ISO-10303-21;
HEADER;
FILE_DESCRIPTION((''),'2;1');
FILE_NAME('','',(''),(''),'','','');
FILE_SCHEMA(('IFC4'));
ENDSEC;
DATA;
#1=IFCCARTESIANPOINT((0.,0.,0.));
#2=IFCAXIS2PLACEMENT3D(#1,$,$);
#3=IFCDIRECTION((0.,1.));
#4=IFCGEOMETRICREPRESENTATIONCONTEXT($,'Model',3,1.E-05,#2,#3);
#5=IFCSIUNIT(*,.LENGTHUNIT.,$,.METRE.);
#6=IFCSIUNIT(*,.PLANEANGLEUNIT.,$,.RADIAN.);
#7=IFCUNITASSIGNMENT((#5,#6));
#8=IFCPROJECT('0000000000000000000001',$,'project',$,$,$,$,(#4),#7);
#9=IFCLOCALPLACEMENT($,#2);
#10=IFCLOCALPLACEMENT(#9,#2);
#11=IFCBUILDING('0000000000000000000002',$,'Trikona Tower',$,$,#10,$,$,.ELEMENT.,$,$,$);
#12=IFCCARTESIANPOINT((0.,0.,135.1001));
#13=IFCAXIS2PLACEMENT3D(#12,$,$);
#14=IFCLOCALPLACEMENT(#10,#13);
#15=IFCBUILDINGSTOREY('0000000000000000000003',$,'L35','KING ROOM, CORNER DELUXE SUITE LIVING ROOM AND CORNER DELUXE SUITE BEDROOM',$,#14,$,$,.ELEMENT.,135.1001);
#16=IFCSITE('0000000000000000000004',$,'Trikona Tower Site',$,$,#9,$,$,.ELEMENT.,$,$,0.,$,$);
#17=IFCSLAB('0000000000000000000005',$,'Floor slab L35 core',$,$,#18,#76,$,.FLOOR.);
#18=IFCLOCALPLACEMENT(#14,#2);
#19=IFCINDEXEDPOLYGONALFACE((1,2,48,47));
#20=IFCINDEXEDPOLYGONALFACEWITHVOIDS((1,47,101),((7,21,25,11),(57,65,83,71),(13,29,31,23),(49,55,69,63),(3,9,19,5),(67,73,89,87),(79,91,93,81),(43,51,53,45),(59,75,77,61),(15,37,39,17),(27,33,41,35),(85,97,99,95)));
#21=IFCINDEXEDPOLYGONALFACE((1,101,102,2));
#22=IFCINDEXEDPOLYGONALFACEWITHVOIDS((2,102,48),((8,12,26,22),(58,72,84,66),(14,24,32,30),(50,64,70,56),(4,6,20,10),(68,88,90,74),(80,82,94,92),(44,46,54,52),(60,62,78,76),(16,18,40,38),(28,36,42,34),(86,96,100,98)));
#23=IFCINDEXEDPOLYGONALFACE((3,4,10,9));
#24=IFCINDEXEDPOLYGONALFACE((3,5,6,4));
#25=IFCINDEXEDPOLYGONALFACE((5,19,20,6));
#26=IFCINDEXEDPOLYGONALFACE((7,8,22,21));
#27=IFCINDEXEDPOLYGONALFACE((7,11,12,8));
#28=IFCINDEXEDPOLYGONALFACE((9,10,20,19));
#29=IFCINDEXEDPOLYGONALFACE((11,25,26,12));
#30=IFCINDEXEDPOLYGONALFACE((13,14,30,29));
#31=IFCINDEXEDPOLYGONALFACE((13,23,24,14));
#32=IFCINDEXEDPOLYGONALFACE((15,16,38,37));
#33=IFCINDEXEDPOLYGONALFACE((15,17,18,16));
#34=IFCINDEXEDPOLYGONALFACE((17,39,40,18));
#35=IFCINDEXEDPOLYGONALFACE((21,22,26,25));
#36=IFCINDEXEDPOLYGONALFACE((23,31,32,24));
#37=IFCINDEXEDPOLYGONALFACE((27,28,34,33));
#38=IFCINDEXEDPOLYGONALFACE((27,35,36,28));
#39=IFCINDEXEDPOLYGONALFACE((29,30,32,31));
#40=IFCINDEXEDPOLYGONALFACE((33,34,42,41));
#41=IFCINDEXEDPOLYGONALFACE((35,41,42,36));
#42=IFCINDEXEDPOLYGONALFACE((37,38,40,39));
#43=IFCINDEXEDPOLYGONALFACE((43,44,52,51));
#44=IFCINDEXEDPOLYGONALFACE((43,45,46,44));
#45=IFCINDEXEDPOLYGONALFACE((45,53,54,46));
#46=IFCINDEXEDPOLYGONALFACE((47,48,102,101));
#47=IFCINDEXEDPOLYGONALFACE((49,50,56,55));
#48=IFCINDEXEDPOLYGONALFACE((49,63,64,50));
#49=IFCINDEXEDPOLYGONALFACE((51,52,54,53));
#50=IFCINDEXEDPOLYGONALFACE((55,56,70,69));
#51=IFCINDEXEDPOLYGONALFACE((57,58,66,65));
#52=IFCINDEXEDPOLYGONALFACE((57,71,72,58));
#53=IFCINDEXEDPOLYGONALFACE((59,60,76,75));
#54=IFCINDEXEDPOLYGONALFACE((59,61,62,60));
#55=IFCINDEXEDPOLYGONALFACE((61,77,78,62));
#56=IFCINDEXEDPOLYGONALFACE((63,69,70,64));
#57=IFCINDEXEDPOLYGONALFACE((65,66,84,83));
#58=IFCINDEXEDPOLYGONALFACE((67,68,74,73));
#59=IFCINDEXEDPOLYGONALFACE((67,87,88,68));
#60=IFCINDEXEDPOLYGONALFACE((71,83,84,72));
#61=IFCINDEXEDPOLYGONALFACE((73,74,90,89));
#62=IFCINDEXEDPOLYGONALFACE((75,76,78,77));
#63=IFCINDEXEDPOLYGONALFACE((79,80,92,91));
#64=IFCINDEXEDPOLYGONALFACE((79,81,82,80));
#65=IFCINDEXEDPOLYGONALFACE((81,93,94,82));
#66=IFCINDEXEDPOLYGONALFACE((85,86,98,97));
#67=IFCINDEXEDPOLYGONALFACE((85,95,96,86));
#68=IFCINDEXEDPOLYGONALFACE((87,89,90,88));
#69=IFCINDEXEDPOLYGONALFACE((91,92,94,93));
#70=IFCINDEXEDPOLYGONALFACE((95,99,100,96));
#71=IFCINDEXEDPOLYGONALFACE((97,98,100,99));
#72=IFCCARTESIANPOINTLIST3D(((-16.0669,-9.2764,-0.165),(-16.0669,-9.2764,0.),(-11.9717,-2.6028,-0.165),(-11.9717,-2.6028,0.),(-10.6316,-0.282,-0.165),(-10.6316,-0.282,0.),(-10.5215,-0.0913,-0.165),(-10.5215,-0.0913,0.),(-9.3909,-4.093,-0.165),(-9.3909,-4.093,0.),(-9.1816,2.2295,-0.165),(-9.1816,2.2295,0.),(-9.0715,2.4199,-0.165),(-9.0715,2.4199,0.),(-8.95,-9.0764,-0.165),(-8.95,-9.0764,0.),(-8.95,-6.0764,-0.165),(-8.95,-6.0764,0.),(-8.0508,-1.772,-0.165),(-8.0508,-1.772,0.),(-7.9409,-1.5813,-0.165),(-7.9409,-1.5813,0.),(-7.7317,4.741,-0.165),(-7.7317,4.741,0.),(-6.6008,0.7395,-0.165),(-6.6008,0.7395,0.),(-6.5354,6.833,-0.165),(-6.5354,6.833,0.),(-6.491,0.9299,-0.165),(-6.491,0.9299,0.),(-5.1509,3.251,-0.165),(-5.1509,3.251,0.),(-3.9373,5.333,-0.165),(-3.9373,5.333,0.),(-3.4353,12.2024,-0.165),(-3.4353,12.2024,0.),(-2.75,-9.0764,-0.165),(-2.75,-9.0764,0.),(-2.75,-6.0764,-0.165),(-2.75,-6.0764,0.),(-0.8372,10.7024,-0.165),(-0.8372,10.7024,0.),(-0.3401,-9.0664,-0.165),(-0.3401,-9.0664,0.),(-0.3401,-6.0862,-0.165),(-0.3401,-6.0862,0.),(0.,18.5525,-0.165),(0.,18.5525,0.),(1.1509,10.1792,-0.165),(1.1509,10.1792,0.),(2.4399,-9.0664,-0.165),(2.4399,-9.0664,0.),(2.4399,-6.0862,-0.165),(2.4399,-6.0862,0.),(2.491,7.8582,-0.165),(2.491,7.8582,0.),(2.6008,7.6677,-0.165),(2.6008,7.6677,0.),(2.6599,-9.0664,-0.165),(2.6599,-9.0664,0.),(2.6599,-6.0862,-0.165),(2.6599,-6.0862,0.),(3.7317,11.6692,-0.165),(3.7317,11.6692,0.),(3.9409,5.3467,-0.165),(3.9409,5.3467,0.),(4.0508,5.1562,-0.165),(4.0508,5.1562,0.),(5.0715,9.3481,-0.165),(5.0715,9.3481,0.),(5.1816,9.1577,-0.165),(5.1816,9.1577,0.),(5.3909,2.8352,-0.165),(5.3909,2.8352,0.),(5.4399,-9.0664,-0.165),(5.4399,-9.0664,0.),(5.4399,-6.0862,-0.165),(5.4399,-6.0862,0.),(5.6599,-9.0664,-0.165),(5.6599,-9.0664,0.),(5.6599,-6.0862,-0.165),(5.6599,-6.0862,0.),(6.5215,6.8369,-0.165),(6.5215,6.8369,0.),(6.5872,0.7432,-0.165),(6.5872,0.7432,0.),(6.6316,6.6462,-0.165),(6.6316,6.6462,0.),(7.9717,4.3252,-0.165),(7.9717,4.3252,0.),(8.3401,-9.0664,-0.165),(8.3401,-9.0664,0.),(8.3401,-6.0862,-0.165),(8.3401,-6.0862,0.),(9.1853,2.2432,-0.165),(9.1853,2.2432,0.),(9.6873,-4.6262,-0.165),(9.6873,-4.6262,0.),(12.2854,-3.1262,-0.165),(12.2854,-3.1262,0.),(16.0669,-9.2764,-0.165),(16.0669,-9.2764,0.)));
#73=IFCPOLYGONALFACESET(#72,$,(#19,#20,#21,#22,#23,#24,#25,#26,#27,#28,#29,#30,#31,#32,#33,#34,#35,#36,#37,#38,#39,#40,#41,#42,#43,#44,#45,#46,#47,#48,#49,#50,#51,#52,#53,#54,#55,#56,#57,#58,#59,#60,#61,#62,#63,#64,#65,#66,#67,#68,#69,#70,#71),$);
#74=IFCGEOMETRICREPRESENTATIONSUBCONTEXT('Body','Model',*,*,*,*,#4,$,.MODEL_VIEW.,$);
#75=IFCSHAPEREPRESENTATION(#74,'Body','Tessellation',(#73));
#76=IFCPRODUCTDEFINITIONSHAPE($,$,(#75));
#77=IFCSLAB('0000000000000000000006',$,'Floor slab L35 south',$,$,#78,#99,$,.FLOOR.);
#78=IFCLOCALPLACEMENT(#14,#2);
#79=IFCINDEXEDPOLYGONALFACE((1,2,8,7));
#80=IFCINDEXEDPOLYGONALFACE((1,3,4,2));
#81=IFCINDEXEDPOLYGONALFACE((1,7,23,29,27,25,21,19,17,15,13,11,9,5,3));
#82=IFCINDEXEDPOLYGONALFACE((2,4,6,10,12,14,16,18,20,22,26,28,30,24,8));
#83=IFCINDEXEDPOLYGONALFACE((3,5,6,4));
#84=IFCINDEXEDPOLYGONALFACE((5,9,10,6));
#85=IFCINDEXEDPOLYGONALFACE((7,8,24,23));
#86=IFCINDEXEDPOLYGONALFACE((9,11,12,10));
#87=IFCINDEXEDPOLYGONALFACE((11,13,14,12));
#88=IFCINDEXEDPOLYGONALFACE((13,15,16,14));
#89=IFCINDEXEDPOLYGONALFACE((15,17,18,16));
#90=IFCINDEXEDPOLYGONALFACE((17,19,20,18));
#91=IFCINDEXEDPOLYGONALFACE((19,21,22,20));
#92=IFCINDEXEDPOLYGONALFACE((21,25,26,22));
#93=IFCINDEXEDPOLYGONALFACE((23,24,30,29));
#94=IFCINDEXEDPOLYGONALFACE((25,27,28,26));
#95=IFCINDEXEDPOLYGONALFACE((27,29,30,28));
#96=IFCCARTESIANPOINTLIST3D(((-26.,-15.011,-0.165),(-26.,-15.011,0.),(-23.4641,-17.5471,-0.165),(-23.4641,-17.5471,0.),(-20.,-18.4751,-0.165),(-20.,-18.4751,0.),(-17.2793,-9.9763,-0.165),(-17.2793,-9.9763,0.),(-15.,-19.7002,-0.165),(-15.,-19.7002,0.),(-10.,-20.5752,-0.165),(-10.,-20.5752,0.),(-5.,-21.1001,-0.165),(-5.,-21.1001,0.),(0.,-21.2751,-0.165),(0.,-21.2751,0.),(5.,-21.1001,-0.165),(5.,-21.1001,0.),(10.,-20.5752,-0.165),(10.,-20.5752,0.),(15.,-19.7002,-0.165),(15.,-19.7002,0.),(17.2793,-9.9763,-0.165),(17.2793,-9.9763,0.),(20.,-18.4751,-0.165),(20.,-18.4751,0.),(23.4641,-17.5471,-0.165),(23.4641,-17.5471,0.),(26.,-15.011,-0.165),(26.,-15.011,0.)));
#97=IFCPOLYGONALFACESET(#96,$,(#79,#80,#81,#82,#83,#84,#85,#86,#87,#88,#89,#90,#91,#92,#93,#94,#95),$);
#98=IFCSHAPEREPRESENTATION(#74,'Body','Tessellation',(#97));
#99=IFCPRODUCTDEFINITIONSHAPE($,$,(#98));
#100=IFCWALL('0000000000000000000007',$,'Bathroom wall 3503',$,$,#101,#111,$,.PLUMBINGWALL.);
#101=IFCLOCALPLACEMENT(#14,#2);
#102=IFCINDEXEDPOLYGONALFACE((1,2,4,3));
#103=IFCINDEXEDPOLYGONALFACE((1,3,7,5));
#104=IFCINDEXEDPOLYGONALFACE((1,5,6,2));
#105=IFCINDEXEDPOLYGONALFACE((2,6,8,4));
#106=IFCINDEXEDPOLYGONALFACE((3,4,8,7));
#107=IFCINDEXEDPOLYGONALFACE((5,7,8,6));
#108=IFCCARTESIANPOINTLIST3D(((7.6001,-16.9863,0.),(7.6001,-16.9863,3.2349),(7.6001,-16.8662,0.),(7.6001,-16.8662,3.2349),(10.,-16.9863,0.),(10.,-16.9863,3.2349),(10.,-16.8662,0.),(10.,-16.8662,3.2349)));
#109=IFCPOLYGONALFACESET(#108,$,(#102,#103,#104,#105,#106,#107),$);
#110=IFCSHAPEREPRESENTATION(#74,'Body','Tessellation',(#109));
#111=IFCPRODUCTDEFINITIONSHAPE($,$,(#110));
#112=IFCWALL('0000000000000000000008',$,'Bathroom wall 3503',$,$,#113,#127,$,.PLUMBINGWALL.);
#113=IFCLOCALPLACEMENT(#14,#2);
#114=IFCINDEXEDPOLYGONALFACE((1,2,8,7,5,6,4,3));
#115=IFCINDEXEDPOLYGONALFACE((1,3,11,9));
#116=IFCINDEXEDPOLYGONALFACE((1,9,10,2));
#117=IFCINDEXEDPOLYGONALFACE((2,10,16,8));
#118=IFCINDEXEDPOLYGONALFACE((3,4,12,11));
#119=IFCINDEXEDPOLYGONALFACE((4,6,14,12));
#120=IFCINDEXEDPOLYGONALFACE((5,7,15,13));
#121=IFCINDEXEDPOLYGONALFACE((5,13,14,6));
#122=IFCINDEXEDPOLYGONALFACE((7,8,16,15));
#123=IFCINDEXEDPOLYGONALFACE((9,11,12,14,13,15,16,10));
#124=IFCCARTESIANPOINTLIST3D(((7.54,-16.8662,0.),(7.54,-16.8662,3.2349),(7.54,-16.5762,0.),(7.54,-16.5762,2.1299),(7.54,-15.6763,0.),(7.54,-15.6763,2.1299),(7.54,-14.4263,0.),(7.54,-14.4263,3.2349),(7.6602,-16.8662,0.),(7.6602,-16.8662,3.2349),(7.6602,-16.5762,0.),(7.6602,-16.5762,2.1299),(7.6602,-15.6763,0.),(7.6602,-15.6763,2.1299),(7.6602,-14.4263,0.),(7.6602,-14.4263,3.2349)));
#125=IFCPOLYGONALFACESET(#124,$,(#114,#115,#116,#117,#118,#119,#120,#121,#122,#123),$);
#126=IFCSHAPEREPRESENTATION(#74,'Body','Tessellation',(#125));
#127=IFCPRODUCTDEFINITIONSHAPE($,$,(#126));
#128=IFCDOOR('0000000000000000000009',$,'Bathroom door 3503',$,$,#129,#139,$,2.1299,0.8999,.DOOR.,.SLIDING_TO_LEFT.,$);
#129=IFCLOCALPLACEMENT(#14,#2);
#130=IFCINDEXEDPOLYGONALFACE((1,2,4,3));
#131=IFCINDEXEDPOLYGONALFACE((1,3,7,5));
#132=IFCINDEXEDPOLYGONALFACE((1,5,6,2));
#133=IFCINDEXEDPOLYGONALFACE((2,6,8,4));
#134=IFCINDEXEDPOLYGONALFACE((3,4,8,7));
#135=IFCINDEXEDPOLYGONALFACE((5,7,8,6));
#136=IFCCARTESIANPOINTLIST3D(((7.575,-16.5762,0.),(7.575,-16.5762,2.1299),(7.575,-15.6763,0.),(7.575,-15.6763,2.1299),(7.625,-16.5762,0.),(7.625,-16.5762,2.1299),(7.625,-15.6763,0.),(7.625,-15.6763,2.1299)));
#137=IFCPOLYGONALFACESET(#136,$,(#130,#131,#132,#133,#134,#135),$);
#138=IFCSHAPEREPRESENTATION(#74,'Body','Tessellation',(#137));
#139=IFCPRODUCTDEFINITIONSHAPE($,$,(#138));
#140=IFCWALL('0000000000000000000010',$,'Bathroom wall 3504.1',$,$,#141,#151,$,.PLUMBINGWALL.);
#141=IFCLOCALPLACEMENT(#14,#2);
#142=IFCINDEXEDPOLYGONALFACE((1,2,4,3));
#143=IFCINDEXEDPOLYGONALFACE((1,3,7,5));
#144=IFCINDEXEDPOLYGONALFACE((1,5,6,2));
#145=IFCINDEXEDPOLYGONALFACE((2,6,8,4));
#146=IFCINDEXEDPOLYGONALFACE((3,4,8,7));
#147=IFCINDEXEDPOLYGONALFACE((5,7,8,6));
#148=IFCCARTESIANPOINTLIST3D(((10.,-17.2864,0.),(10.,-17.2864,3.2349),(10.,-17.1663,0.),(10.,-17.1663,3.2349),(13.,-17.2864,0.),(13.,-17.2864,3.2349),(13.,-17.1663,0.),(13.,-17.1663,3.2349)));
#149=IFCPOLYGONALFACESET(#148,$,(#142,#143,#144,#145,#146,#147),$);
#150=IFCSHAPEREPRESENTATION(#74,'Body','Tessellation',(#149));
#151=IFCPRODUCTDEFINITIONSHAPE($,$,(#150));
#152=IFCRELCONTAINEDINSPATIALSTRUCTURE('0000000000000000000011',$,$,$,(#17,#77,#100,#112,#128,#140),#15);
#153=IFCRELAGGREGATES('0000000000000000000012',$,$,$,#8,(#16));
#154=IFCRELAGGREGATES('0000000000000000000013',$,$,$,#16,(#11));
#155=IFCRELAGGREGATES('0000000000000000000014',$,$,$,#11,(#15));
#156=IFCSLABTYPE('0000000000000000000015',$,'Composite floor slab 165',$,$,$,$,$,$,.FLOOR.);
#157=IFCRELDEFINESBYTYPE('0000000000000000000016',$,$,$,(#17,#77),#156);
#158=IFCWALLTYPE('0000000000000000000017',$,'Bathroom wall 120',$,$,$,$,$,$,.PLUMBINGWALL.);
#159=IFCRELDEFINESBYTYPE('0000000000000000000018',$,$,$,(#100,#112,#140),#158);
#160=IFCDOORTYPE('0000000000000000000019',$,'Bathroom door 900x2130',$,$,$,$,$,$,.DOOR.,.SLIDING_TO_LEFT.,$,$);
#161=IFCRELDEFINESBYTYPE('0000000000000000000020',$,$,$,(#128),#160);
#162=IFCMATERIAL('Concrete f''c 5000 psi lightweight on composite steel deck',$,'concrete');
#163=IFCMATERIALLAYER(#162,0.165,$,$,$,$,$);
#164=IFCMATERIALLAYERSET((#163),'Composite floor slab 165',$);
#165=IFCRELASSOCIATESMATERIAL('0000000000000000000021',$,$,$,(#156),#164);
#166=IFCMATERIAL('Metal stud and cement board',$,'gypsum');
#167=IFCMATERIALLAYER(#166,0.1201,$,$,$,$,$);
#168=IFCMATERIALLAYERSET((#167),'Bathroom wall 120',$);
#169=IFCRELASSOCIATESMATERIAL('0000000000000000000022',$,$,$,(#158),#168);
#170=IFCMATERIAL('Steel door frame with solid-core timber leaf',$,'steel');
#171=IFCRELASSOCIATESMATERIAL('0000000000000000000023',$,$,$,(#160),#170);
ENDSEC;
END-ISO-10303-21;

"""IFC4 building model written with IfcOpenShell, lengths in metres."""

from ifc_helpers import new_model, si_unit, direction, frame, frame_2d, origin, place, context, subcontext, project, spatial, polyline, rectangle, outline, extrude, material, layer, layer_set, type_object, element, fill, save


model = new_model("IFC4")

# Units and contexts
model_context = context("Model", 3, precision=1e-05, world=origin(), true_north=direction((0.0, 1.0)))
body_context = subcontext(model_context, "Body", "Model", "MODEL_VIEW")
ifc_project = project(units=[si_unit("LENGTHUNIT", "METRE"), si_unit("PLANEANGLEUNIT", "RADIAN")], contexts=[model_context])

# Site, building, storey
site_placement = place(None, origin())
site = spatial("IfcSite", under=ifc_project, at=site_placement, Name="Trikona Tower Site", CompositionType="ELEMENT", RefElevation=0.0)
building_placement = place(site_placement, origin())
building = spatial("IfcBuilding", under=site, at=building_placement, Name="Trikona Tower", CompositionType="ELEMENT")
storey_placement = place(building_placement, frame((0.0, 0.0, 135.1001)))
storey = spatial("IfcBuildingStorey", under=building, at=storey_placement, Name="L35", Description="KING ROOM, CORNER DELUXE SUITE LIVING ROOM AND CORNER DELUXE SUITE BEDROOM", CompositionType="ELEMENT", Elevation=135.1001)

# Slabs
ifc_material_1 = material(Name="Concrete f'c 5000 psi lightweight on composite steel deck", Category="concrete")
ifc_layer_1 = layer(ifc_material_1, 0.165)
ifc_layer_set_1 = layer_set([ifc_layer_1], Name="Composite floor slab 165")
slab_type = type_object("IfcSlabType", Name="Composite floor slab 165", PredefinedType="FLOOR", material=ifc_layer_set_1)
slab_1_placement = place(storey_placement, frame((0.0, 0.0, -0.165)))
element("IfcSlab", 1, at=slab_1_placement, inside=storey, type_object=slab_type, Name="Floor slab L35 core", PredefinedType="FLOOR", context=body_context, shape_type="SweptSolid", body=[
    extrude(outline(polyline([(-16.0669, -9.2764), (16.0669, -9.2764), (0.0, 18.5525), (-16.0669, -9.2764)]), holes=[polyline([(12.2854, -3.1262), (9.1853, 2.2432), (6.5872, 0.7432), (9.6873, -4.6262), (12.2854, -3.1262)]), polyline([(8.3401, -9.0664), (8.3401, -6.0862), (5.6599, -6.0862), (5.6599, -9.0664), (8.3401, -9.0664)]), polyline([(5.3909, 2.8352), (7.9717, 4.3252), (6.6316, 6.6462), (4.0508, 5.1562), (5.3909, 2.8352)]), polyline([(2.6008, 7.6677), (3.9409, 5.3467), (6.5215, 6.8369), (5.1816, 9.1577), (2.6008, 7.6677)]), polyline([(5.4399, -6.0862), (2.6599, -6.0862), (2.6599, -9.0664), (5.4399, -9.0664), (5.4399, -6.0862)]), polyline([(3.7317, 11.6692), (1.1509, 10.1792), (2.491, 7.8582), (5.0715, 9.3481), (3.7317, 11.6692)]), polyline([(-0.3401, -6.0862), (-0.3401, -9.0664), (2.4399, -9.0664), (2.4399, -6.0862), (-0.3401, -6.0862)]), polyline([(-3.4353, 12.2024), (-6.5354, 6.833), (-3.9373, 5.333), (-0.8372, 10.7024), (-3.4353, 12.2024)]), polyline([(-8.95, -9.0764), (-2.75, -9.0764), (-2.75, -6.0764), (-8.95, -6.0764), (-8.95, -9.0764)]), polyline([(-5.1509, 3.251), (-7.7317, 4.741), (-9.0715, 2.4199), (-6.491, 0.9299), (-5.1509, 3.251)]), polyline([(-7.9409, -1.5813), (-6.6008, 0.7395), (-9.1816, 2.2295), (-10.5215, -0.0913), (-7.9409, -1.5813)]), polyline([(-11.9717, -2.6028), (-9.3909, -4.093), (-8.0508, -1.772), (-10.6316, -0.282), (-11.9717, -2.6028)])]), origin(), (0.0, 0.0, 1.0), 0.165),
])
slab_2_placement = place(storey_placement, frame((0.0, 0.0, -0.165)))
element("IfcSlab", 2, at=slab_2_placement, inside=storey, type_object=slab_type, Name="Floor slab L35 south", PredefinedType="FLOOR", context=body_context, shape_type="SweptSolid", body=[
    extrude(outline(polyline([(23.4641, -17.5471), (26.0, -15.011), (17.2793, -9.9763), (-17.2793, -9.9763), (-26.0, -15.011), (-23.4641, -17.5471), (-20.0, -18.4751), (-15.0, -19.7002), (-10.0, -20.5752), (-5.0, -21.1001), (0.0, -21.2751), (5.0, -21.1001), (10.0, -20.5752), (15.0, -19.7002), (20.0, -18.4751), (23.4641, -17.5471)])), origin(), (0.0, 0.0, 1.0), 0.165),
])

# Wall
ifc_material_2 = material(Name="Metal stud and cement board", Category="gypsum")
ifc_layer_2 = layer(ifc_material_2, 0.1201)
ifc_layer_set_2 = layer_set([ifc_layer_2], Name="Bathroom wall 120")
wall_type_1 = type_object("IfcWallType", Name="Bathroom wall 120", PredefinedType="PLUMBINGWALL", material=ifc_layer_set_2)
wall_1_placement = place(storey_placement, frame((7.6001, -16.9263, 0.0), z_axis=(0.0, 0.0, 1.0), x_axis=(1.0, 0.0, 0.0)))
element("IfcWall", 3, at=wall_1_placement, inside=storey, type_object=wall_type_1, Name="Bathroom wall 3503", PredefinedType="PLUMBINGWALL", context=body_context, shape_type="SweptSolid", body=[
    extrude(rectangle(XDim=2.3999, YDim=0.1201, at=frame_2d((1.2, 0.0))), origin(), (0.0, 0.0, 1.0), 3.2349),
])

# Wall, opening, door
wall_2_placement = place(storey_placement, frame((7.6001, -14.4263, 0.0), z_axis=(0.0, 0.0, 1.0), x_axis=(0.0, -1.0, 0.0)))
wall_2 = element("IfcWall", 4, at=wall_2_placement, inside=storey, type_object=wall_type_1, Name="Bathroom wall 3503", PredefinedType="PLUMBINGWALL", context=body_context, shape_type="SweptSolid", body=[
    extrude(rectangle(XDim=2.4399, YDim=0.1201, at=frame_2d((1.22, 0.0))), origin(), (0.0, 0.0, 1.0), 3.2349),
])
opening_1_placement = place(wall_2_placement, frame((1.25, 0.0, 0.0)))
opening_1 = element("IfcOpeningElement", 5, at=opening_1_placement, cuts=wall_2, PredefinedType="OPENING", context=body_context, shape_type="SweptSolid", body=[
    extrude(rectangle(XDim=0.8999, YDim=2.1299, at=frame_2d((0.45, 1.0649))), frame((0.0, 0.0701, 0.0), z_axis=(0.0, -1.0, 0.0), x_axis=(1.0, 0.0, 0.0)), (0.0, 0.0, 1.0), 0.1401),
])
ifc_material_3 = material(Name="Steel door frame with solid-core timber leaf", Category="steel")
door_type = type_object("IfcDoorType", Name="Bathroom door 900x2130", OperationType="SLIDING_TO_LEFT", PredefinedType="DOOR", material=ifc_material_3)
door_1_placement = place(opening_1_placement, origin())
door_1 = element("IfcDoor", 6, at=door_1_placement, inside=storey, type_object=door_type, Name="Bathroom door 3503", OperationType="SLIDING_TO_LEFT", OverallHeight=2.1299, OverallWidth=0.8999, PredefinedType="DOOR", context=body_context, shape_type="SweptSolid", body=[
    extrude(rectangle(XDim=0.8999, YDim=2.1299, at=frame_2d((0.45, 1.0649))), frame((0.0, 0.0249, 0.0), z_axis=(0.0, -1.0, 0.0), x_axis=(1.0, 0.0, 0.0)), (0.0, 0.0, 1.0), 0.05),
])
fill(opening_1, door_1)

# Wall
wall_3_placement = place(storey_placement, frame((10.0, -17.2263, 0.0), z_axis=(0.0, 0.0, 1.0), x_axis=(1.0, 0.0, 0.0)))
element("IfcWall", 7, at=wall_3_placement, inside=storey, type_object=wall_type_1, Name="Bathroom wall 3504.1", PredefinedType="PLUMBINGWALL", context=body_context, shape_type="SweptSolid", body=[
    extrude(rectangle(XDim=3.0, YDim=0.1201, at=frame_2d((1.5, 0.0))), origin(), (0.0, 0.0, 1.0), 3.2349),
])

save(model, "model.ifc")
